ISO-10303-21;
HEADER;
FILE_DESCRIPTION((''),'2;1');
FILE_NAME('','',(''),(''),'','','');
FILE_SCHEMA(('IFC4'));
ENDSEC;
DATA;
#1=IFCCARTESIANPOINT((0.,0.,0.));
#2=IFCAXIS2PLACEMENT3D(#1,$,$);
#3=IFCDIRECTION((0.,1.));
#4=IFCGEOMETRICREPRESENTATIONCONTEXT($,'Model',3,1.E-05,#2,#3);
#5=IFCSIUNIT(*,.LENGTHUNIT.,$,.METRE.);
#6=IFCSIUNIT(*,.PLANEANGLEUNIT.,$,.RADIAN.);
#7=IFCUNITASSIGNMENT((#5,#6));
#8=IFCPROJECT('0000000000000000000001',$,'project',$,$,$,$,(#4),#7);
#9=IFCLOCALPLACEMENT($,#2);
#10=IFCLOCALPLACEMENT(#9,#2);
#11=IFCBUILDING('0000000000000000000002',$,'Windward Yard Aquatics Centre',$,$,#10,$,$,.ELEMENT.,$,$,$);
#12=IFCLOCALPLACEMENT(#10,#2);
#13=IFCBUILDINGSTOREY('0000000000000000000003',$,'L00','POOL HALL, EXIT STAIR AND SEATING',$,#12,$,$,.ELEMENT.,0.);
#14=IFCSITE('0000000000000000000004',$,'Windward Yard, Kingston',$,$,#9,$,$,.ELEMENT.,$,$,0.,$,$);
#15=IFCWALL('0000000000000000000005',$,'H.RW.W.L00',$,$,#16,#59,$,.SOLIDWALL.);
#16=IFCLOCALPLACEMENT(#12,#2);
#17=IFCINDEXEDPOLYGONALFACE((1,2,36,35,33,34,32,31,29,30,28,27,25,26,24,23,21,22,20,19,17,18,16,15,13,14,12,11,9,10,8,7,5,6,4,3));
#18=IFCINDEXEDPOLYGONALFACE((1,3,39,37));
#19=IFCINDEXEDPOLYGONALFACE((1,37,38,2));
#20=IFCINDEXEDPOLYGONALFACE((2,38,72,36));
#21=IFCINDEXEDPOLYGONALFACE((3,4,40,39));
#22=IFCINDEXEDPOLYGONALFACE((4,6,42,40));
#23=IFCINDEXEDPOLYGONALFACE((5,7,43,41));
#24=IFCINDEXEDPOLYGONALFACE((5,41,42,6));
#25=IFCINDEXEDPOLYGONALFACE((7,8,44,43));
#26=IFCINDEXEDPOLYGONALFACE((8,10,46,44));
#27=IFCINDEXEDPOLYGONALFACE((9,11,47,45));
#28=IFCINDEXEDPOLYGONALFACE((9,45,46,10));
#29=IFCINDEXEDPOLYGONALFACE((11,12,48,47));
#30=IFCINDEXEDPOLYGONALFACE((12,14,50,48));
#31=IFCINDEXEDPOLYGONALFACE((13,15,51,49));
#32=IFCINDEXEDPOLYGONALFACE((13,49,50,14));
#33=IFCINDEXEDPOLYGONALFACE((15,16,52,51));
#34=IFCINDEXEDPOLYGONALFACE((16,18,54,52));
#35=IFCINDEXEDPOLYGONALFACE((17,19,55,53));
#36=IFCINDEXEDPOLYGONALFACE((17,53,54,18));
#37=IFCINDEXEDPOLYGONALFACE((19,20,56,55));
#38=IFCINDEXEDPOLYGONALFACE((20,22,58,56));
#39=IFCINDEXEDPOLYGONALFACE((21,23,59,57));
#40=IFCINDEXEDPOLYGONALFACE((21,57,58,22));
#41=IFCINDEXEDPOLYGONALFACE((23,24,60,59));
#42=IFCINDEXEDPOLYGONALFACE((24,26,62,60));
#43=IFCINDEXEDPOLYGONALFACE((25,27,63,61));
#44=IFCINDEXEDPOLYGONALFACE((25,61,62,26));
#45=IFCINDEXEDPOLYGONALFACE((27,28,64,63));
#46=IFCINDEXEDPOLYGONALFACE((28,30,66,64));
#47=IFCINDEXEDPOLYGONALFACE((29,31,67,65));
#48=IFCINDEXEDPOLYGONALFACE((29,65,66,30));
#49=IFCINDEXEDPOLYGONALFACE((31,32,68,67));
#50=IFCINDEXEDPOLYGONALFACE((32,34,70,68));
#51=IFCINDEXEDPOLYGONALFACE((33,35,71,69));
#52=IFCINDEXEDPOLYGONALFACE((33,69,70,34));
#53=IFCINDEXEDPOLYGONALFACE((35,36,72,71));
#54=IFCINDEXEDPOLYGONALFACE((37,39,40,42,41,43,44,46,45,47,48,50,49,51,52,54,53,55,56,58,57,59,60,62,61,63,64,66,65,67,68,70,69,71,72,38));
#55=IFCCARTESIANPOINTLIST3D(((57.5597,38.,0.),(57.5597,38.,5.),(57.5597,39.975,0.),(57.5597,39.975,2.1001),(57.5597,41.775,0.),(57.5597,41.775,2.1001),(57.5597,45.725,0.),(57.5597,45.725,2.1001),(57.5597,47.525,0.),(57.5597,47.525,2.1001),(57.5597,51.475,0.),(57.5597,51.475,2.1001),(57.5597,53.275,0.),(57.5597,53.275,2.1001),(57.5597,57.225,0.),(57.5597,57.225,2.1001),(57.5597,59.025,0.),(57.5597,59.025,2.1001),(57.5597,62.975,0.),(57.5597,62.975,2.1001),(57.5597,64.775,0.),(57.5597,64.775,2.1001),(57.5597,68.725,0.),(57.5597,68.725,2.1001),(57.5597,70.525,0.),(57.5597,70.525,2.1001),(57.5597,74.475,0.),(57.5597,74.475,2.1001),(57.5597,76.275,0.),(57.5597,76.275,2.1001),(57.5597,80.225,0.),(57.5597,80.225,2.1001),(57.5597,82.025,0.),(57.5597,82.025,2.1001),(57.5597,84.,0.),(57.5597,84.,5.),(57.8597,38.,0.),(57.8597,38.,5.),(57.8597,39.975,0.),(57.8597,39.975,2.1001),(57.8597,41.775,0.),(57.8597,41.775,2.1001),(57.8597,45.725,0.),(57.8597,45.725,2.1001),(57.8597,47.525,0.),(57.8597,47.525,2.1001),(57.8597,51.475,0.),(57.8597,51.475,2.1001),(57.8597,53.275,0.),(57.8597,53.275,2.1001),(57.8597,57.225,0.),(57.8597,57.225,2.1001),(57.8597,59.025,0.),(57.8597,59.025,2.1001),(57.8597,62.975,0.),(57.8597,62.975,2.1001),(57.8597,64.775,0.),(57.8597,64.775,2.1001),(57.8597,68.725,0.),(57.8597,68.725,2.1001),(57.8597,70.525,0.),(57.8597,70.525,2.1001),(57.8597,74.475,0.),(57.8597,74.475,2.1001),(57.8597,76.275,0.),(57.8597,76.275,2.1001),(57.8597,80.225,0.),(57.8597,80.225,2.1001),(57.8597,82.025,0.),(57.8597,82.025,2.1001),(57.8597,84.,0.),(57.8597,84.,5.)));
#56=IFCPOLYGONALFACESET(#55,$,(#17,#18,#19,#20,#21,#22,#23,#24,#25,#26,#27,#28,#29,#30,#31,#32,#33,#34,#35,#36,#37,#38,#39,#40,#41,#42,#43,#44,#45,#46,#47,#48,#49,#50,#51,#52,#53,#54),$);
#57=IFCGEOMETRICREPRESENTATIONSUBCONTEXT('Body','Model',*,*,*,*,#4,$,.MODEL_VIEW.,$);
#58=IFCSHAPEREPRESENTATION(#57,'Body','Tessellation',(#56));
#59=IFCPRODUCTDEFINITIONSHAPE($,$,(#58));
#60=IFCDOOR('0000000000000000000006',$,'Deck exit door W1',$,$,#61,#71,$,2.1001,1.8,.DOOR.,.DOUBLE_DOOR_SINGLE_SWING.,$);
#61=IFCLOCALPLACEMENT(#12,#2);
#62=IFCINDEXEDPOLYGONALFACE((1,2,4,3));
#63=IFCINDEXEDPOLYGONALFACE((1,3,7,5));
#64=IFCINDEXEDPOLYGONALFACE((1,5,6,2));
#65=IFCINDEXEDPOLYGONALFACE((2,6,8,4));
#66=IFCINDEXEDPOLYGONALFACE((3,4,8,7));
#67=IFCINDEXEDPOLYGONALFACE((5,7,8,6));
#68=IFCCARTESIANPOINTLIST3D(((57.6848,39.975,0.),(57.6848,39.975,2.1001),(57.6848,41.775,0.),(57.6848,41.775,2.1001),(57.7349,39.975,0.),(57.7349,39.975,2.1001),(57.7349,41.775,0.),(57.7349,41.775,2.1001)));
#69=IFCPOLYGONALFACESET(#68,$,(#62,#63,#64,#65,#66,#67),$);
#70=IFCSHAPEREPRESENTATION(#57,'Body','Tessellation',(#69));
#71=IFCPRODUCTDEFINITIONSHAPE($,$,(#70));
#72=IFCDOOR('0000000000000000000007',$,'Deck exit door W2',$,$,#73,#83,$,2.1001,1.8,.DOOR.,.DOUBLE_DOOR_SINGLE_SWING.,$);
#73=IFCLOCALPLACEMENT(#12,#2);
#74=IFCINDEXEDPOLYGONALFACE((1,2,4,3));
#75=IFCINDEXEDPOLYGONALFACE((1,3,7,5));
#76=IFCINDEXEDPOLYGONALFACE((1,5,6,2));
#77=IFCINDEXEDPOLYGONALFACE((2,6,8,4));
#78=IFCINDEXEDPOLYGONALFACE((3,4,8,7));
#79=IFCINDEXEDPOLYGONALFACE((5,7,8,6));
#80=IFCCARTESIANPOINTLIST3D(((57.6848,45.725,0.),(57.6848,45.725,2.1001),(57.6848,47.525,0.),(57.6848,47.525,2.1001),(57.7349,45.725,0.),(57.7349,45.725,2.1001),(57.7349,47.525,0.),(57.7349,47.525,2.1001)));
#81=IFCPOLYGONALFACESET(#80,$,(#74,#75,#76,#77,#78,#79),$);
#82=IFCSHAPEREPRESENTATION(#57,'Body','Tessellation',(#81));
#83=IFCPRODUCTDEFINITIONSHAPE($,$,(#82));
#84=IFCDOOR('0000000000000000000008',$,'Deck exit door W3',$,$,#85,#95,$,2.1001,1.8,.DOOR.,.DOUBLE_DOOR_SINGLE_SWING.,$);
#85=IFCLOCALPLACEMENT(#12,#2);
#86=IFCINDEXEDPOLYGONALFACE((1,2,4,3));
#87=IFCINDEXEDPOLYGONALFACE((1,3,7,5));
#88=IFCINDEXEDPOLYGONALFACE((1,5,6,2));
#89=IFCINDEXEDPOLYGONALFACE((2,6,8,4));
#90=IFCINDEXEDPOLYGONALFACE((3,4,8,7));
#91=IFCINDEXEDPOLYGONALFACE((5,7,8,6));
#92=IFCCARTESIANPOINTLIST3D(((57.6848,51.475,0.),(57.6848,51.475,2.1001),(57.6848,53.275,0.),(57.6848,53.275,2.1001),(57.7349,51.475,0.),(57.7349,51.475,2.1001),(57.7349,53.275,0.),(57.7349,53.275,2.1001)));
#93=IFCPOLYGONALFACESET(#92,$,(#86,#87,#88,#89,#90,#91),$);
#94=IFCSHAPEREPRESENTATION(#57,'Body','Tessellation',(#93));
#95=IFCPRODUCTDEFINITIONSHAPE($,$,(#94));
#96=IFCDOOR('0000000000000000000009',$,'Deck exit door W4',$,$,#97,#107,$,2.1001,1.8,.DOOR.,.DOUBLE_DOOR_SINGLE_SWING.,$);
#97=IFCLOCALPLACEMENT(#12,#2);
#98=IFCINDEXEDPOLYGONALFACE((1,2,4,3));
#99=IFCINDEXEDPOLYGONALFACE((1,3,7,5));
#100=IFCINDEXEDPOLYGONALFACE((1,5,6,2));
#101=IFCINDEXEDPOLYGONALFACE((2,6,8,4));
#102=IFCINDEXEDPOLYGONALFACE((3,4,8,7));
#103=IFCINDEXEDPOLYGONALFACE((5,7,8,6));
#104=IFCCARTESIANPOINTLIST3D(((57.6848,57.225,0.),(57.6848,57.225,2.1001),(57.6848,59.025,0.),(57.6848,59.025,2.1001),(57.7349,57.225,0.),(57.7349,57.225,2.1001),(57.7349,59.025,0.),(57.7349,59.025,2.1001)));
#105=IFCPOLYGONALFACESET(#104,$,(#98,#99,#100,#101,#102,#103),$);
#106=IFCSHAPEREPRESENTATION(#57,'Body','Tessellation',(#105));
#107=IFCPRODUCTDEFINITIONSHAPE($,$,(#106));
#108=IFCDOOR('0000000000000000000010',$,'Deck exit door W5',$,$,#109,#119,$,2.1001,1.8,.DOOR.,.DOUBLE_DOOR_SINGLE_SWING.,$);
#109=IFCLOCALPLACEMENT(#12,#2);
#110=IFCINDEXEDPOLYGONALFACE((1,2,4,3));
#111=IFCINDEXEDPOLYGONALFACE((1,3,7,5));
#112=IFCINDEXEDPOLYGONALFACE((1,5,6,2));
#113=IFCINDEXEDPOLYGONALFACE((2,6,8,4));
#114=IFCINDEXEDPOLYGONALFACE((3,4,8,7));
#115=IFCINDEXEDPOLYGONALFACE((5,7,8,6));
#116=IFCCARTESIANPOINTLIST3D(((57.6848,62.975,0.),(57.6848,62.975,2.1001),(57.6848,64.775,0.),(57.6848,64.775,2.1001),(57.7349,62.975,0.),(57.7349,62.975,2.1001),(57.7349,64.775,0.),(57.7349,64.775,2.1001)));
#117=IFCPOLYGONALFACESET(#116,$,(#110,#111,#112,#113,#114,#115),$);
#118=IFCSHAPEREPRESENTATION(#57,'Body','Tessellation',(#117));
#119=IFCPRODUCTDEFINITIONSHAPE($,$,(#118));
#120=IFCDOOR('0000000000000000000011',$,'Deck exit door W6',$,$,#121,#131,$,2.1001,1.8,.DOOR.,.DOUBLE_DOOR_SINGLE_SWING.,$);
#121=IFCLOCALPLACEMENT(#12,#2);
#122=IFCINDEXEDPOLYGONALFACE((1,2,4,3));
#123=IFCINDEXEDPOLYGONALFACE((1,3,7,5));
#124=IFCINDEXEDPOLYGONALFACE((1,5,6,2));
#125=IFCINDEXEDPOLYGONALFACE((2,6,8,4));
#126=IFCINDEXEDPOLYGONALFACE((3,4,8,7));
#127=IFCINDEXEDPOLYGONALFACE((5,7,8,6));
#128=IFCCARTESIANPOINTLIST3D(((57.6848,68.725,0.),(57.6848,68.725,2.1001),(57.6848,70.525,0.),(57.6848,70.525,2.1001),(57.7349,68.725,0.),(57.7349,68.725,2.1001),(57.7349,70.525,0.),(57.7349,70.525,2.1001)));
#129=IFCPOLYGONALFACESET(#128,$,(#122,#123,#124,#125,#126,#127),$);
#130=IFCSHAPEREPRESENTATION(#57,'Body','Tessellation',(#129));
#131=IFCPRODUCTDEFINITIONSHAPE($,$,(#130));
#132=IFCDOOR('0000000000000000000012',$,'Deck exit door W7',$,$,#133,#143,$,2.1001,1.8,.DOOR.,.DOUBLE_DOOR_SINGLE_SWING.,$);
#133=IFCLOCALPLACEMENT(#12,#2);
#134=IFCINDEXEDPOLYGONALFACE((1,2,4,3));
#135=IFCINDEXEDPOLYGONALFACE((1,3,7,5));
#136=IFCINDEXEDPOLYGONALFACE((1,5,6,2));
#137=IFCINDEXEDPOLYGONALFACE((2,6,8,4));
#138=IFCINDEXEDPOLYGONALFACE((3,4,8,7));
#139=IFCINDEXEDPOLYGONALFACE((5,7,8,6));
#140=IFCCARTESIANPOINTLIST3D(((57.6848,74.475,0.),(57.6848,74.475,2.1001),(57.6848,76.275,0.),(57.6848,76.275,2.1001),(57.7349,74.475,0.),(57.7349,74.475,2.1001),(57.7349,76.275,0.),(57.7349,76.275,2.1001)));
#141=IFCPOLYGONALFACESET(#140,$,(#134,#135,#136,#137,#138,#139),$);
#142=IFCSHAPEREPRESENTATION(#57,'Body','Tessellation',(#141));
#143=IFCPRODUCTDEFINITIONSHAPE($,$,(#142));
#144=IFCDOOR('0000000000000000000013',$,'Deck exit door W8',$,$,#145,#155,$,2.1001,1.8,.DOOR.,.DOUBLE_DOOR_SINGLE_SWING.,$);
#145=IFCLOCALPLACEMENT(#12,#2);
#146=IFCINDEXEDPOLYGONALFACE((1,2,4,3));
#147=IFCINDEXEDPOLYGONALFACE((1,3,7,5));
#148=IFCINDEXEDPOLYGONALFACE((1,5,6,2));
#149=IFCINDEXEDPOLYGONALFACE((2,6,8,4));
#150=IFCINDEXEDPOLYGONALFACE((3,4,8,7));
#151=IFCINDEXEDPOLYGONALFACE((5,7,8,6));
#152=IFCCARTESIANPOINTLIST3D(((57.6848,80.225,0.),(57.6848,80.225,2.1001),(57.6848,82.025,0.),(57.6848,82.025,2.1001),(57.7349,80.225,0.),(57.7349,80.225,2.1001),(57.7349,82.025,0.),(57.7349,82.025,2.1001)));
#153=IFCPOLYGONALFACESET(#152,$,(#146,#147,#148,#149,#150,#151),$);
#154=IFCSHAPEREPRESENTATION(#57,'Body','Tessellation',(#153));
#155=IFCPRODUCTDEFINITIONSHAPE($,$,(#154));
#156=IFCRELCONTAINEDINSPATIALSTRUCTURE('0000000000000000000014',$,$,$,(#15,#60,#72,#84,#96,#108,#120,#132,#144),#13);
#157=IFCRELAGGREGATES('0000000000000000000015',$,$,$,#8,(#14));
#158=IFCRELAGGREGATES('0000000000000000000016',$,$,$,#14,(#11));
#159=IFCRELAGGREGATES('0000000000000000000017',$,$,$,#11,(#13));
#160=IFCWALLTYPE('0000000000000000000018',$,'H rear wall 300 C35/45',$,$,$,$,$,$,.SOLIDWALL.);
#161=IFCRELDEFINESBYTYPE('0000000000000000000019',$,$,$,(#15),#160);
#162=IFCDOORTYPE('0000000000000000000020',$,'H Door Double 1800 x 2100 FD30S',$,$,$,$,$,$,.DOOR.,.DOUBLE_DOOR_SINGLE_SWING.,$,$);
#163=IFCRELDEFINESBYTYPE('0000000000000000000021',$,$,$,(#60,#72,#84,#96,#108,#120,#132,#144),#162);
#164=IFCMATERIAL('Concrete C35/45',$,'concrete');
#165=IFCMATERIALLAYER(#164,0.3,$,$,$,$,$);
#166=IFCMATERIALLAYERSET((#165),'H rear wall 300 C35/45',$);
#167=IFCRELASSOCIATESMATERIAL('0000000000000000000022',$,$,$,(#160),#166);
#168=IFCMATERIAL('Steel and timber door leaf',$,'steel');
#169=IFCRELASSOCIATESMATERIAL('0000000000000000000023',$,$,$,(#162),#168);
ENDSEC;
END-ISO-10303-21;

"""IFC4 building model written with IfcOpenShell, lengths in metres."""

from ifc_helpers import new_model, si_unit, direction, frame, frame_2d, origin, place, context, subcontext, project, spatial, rectangle, extrude, material, layer, layer_set, type_object, element, fill, save


model = new_model("IFC4")

# Units and contexts
model_context = context("Model", 3, precision=1e-05, world=origin(), true_north=direction((0.0, 1.0)))
body_context = subcontext(model_context, "Body", "Model", "MODEL_VIEW")
ifc_project = project(units=[si_unit("LENGTHUNIT", "METRE"), si_unit("PLANEANGLEUNIT", "RADIAN")], contexts=[model_context])

# Site, building, storey
site_placement = place(None, origin())
site = spatial("IfcSite", under=ifc_project, at=site_placement, Name="Windward Yard, Kingston", CompositionType="ELEMENT", RefElevation=0.0)
building_placement = place(site_placement, origin())
building = spatial("IfcBuilding", under=site, at=building_placement, Name="Windward Yard Aquatics Centre", CompositionType="ELEMENT")
storey_placement = place(building_placement, origin())
storey = spatial("IfcBuildingStorey", under=building, at=storey_placement, Name="L00", Description="POOL HALL, EXIT STAIR AND SEATING", CompositionType="ELEMENT", Elevation=0.0)

# Shared definitions
ifc_material_1 = material(Name="Concrete C35/45", Category="concrete")

# Wall, openings, doors
ifc_layer_1 = layer(ifc_material_1, 0.3)
ifc_layer_set_1 = layer_set([ifc_layer_1], Name="H rear wall 300 C35/45")
wall_type_1 = type_object("IfcWallType", Name="H rear wall 300 C35/45", PredefinedType="SOLIDWALL", material=ifc_layer_set_1)
wall_1_placement = place(storey_placement, frame((57.7097, 38.0, 0.0), z_axis=(0.0, 0.0, 1.0), x_axis=(0.0, 1.0, 0.0)))
wall_1 = element("IfcWall", 1, at=wall_1_placement, inside=storey, type_object=wall_type_1, Name="H.RW.W.L00", PredefinedType="SOLIDWALL", context=body_context, shape_type="SweptSolid", body=[
    extrude(rectangle(XDim=46.0, YDim=0.3, at=frame_2d((23.0, 0.0))), origin(), (0.0, 0.0, 1.0), 5.0),
])
opening_1_placement = place(wall_1_placement, frame((1.9751, 0.0, 0.0)))
opening_1 = element("IfcOpeningElement", 2, at=opening_1_placement, cuts=wall_1, PredefinedType="OPENING", context=body_context, shape_type="SweptSolid", body=[
    extrude(rectangle(XDim=1.8, YDim=2.1001, at=frame_2d((0.8999, 1.05))), frame((0.0, 0.1602, 0.0), z_axis=(0.0, -1.0, 0.0), x_axis=(1.0, 0.0, 0.0)), (0.0, 0.0, 1.0), 0.3201),
])
opening_2_placement = place(wall_1_placement, frame((7.7251, 0.0, 0.0)))
opening_2 = element("IfcOpeningElement", 3, at=opening_2_placement, cuts=wall_1, PredefinedType="OPENING", context=body_context, shape_type="SweptSolid", body=[
    extrude(rectangle(XDim=1.8, YDim=2.1001, at=frame_2d((0.8999, 1.05))), frame((0.0, 0.1602, 0.0), z_axis=(0.0, -1.0, 0.0), x_axis=(1.0, 0.0, 0.0)), (0.0, 0.0, 1.0), 0.3201),
])
opening_3_placement = place(wall_1_placement, frame((13.4751, 0.0, 0.0)))
opening_3 = element("IfcOpeningElement", 4, at=opening_3_placement, cuts=wall_1, PredefinedType="OPENING", context=body_context, shape_type="SweptSolid", body=[
    extrude(rectangle(XDim=1.8, YDim=2.1001, at=frame_2d((0.8999, 1.05))), frame((0.0, 0.1602, 0.0), z_axis=(0.0, -1.0, 0.0), x_axis=(1.0, 0.0, 0.0)), (0.0, 0.0, 1.0), 0.3201),
])
opening_4_placement = place(wall_1_placement, frame((19.2251, 0.0, 0.0)))
opening_4 = element("IfcOpeningElement", 5, at=opening_4_placement, cuts=wall_1, PredefinedType="OPENING", context=body_context, shape_type="SweptSolid", body=[
    extrude(rectangle(XDim=1.8, YDim=2.1001, at=frame_2d((0.8999, 1.05))), frame((0.0, 0.1602, 0.0), z_axis=(0.0, -1.0, 0.0), x_axis=(1.0, 0.0, 0.0)), (0.0, 0.0, 1.0), 0.3201),
])
opening_5_placement = place(wall_1_placement, frame((24.9751, 0.0, 0.0)))
opening_5 = element("IfcOpeningElement", 6, at=opening_5_placement, cuts=wall_1, PredefinedType="OPENING", context=body_context, shape_type="SweptSolid", body=[
    extrude(rectangle(XDim=1.8, YDim=2.1001, at=frame_2d((0.8999, 1.05))), frame((0.0, 0.1602, 0.0), z_axis=(0.0, -1.0, 0.0), x_axis=(1.0, 0.0, 0.0)), (0.0, 0.0, 1.0), 0.3201),
])
opening_6_placement = place(wall_1_placement, frame((30.7251, 0.0, 0.0)))
opening_6 = element("IfcOpeningElement", 7, at=opening_6_placement, cuts=wall_1, PredefinedType="OPENING", context=body_context, shape_type="SweptSolid", body=[
    extrude(rectangle(XDim=1.8, YDim=2.1001, at=frame_2d((0.8999, 1.05))), frame((0.0, 0.1602, 0.0), z_axis=(0.0, -1.0, 0.0), x_axis=(1.0, 0.0, 0.0)), (0.0, 0.0, 1.0), 0.3201),
])
opening_7_placement = place(wall_1_placement, frame((36.4751, 0.0, 0.0)))
opening_7 = element("IfcOpeningElement", 8, at=opening_7_placement, cuts=wall_1, PredefinedType="OPENING", context=body_context, shape_type="SweptSolid", body=[
    extrude(rectangle(XDim=1.8, YDim=2.1001, at=frame_2d((0.8999, 1.05))), frame((0.0, 0.1602, 0.0), z_axis=(0.0, -1.0, 0.0), x_axis=(1.0, 0.0, 0.0)), (0.0, 0.0, 1.0), 0.3201),
])
opening_8_placement = place(wall_1_placement, frame((42.2251, 0.0, 0.0)))
opening_8 = element("IfcOpeningElement", 9, at=opening_8_placement, cuts=wall_1, PredefinedType="OPENING", context=body_context, shape_type="SweptSolid", body=[
    extrude(rectangle(XDim=1.8, YDim=2.1001, at=frame_2d((0.8999, 1.05))), frame((0.0, 0.1602, 0.0), z_axis=(0.0, -1.0, 0.0), x_axis=(1.0, 0.0, 0.0)), (0.0, 0.0, 1.0), 0.3201),
])
ifc_material_2 = material(Name="Steel and timber door leaf", Category="steel")
door_type = type_object("IfcDoorType", Name="H Door Double 1800 x 2100 FD30S", OperationType="DOUBLE_DOOR_SINGLE_SWING", PredefinedType="DOOR", material=ifc_material_2)
door_1_placement = place(opening_1_placement, origin())
door_1 = element("IfcDoor", 10, at=door_1_placement, inside=storey, type_object=door_type, Name="Deck exit door W1", OperationType="DOUBLE_DOOR_SINGLE_SWING", OverallHeight=2.1001, OverallWidth=1.8, PredefinedType="DOOR", context=body_context, shape_type="SweptSolid", body=[
    extrude(rectangle(XDim=1.8, YDim=2.1001, at=frame_2d((0.8999, 1.05))), frame((0.0, 0.0249, 0.0), z_axis=(0.0, -1.0, 0.0), x_axis=(1.0, 0.0, 0.0)), (0.0, 0.0, 1.0), 0.05),
])
fill(opening_1, door_1)
door_2_placement = place(opening_2_placement, origin())
door_2 = element("IfcDoor", 11, at=door_2_placement, inside=storey, type_object=door_type, Name="Deck exit door W2", OperationType="DOUBLE_DOOR_SINGLE_SWING", OverallHeight=2.1001, OverallWidth=1.8, PredefinedType="DOOR", context=body_context, shape_type="SweptSolid", body=[
    extrude(rectangle(XDim=1.8, YDim=2.1001, at=frame_2d((0.8999, 1.05))), frame((0.0, 0.0249, 0.0), z_axis=(0.0, -1.0, 0.0), x_axis=(1.0, 0.0, 0.0)), (0.0, 0.0, 1.0), 0.05),
])
fill(opening_2, door_2)
door_3_placement = place(opening_3_placement, origin())
door_3 = element("IfcDoor", 12, at=door_3_placement, inside=storey, type_object=door_type, Name="Deck exit door W3", OperationType="DOUBLE_DOOR_SINGLE_SWING", OverallHeight=2.1001, OverallWidth=1.8, PredefinedType="DOOR", context=body_context, shape_type="SweptSolid", body=[
    extrude(rectangle(XDim=1.8, YDim=2.1001, at=frame_2d((0.8999, 1.05))), frame((0.0, 0.0249, 0.0), z_axis=(0.0, -1.0, 0.0), x_axis=(1.0, 0.0, 0.0)), (0.0, 0.0, 1.0), 0.05),
])
fill(opening_3, door_3)
door_4_placement = place(opening_4_placement, origin())
door_4 = element("IfcDoor", 13, at=door_4_placement, inside=storey, type_object=door_type, Name="Deck exit door W4", OperationType="DOUBLE_DOOR_SINGLE_SWING", OverallHeight=2.1001, OverallWidth=1.8, PredefinedType="DOOR", context=body_context, shape_type="SweptSolid", body=[
    extrude(rectangle(XDim=1.8, YDim=2.1001, at=frame_2d((0.8999, 1.05))), frame((0.0, 0.0249, 0.0), z_axis=(0.0, -1.0, 0.0), x_axis=(1.0, 0.0, 0.0)), (0.0, 0.0, 1.0), 0.05),
])
fill(opening_4, door_4)
door_5_placement = place(opening_5_placement, origin())
door_5 = element("IfcDoor", 14, at=door_5_placement, inside=storey, type_object=door_type, Name="Deck exit door W5", OperationType="DOUBLE_DOOR_SINGLE_SWING", OverallHeight=2.1001, OverallWidth=1.8, PredefinedType="DOOR", context=body_context, shape_type="SweptSolid", body=[
    extrude(rectangle(XDim=1.8, YDim=2.1001, at=frame_2d((0.8999, 1.05))), frame((0.0, 0.0249, 0.0), z_axis=(0.0, -1.0, 0.0), x_axis=(1.0, 0.0, 0.0)), (0.0, 0.0, 1.0), 0.05),
])
fill(opening_5, door_5)
door_6_placement = place(opening_6_placement, origin())
door_6 = element("IfcDoor", 15, at=door_6_placement, inside=storey, type_object=door_type, Name="Deck exit door W6", OperationType="DOUBLE_DOOR_SINGLE_SWING", OverallHeight=2.1001, OverallWidth=1.8, PredefinedType="DOOR", context=body_context, shape_type="SweptSolid", body=[
    extrude(rectangle(XDim=1.8, YDim=2.1001, at=frame_2d((0.8999, 1.05))), frame((0.0, 0.0249, 0.0), z_axis=(0.0, -1.0, 0.0), x_axis=(1.0, 0.0, 0.0)), (0.0, 0.0, 1.0), 0.05),
])
fill(opening_6, door_6)
door_7_placement = place(opening_7_placement, origin())
door_7 = element("IfcDoor", 16, at=door_7_placement, inside=storey, type_object=door_type, Name="Deck exit door W7", OperationType="DOUBLE_DOOR_SINGLE_SWING", OverallHeight=2.1001, OverallWidth=1.8, PredefinedType="DOOR", context=body_context, shape_type="SweptSolid", body=[
    extrude(rectangle(XDim=1.8, YDim=2.1001, at=frame_2d((0.8999, 1.05))), frame((0.0, 0.0249, 0.0), z_axis=(0.0, -1.0, 0.0), x_axis=(1.0, 0.0, 0.0)), (0.0, 0.0, 1.0), 0.05),
])
fill(opening_7, door_7)
door_8_placement = place(opening_8_placement, origin())
door_8 = element("IfcDoor", 17, at=door_8_placement, inside=storey, type_object=door_type, Name="Deck exit door W8", OperationType="DOUBLE_DOOR_SINGLE_SWING", OverallHeight=2.1001, OverallWidth=1.8, PredefinedType="DOOR", context=body_context, shape_type="SweptSolid", body=[
    extrude(rectangle(XDim=1.8, YDim=2.1001, at=frame_2d((0.8999, 1.05))), frame((0.0, 0.0249, 0.0), z_axis=(0.0, -1.0, 0.0), x_axis=(1.0, 0.0, 0.0)), (0.0, 0.0, 1.0), 0.05),
])
fill(opening_8, door_8)

save(model, "model.ifc")
